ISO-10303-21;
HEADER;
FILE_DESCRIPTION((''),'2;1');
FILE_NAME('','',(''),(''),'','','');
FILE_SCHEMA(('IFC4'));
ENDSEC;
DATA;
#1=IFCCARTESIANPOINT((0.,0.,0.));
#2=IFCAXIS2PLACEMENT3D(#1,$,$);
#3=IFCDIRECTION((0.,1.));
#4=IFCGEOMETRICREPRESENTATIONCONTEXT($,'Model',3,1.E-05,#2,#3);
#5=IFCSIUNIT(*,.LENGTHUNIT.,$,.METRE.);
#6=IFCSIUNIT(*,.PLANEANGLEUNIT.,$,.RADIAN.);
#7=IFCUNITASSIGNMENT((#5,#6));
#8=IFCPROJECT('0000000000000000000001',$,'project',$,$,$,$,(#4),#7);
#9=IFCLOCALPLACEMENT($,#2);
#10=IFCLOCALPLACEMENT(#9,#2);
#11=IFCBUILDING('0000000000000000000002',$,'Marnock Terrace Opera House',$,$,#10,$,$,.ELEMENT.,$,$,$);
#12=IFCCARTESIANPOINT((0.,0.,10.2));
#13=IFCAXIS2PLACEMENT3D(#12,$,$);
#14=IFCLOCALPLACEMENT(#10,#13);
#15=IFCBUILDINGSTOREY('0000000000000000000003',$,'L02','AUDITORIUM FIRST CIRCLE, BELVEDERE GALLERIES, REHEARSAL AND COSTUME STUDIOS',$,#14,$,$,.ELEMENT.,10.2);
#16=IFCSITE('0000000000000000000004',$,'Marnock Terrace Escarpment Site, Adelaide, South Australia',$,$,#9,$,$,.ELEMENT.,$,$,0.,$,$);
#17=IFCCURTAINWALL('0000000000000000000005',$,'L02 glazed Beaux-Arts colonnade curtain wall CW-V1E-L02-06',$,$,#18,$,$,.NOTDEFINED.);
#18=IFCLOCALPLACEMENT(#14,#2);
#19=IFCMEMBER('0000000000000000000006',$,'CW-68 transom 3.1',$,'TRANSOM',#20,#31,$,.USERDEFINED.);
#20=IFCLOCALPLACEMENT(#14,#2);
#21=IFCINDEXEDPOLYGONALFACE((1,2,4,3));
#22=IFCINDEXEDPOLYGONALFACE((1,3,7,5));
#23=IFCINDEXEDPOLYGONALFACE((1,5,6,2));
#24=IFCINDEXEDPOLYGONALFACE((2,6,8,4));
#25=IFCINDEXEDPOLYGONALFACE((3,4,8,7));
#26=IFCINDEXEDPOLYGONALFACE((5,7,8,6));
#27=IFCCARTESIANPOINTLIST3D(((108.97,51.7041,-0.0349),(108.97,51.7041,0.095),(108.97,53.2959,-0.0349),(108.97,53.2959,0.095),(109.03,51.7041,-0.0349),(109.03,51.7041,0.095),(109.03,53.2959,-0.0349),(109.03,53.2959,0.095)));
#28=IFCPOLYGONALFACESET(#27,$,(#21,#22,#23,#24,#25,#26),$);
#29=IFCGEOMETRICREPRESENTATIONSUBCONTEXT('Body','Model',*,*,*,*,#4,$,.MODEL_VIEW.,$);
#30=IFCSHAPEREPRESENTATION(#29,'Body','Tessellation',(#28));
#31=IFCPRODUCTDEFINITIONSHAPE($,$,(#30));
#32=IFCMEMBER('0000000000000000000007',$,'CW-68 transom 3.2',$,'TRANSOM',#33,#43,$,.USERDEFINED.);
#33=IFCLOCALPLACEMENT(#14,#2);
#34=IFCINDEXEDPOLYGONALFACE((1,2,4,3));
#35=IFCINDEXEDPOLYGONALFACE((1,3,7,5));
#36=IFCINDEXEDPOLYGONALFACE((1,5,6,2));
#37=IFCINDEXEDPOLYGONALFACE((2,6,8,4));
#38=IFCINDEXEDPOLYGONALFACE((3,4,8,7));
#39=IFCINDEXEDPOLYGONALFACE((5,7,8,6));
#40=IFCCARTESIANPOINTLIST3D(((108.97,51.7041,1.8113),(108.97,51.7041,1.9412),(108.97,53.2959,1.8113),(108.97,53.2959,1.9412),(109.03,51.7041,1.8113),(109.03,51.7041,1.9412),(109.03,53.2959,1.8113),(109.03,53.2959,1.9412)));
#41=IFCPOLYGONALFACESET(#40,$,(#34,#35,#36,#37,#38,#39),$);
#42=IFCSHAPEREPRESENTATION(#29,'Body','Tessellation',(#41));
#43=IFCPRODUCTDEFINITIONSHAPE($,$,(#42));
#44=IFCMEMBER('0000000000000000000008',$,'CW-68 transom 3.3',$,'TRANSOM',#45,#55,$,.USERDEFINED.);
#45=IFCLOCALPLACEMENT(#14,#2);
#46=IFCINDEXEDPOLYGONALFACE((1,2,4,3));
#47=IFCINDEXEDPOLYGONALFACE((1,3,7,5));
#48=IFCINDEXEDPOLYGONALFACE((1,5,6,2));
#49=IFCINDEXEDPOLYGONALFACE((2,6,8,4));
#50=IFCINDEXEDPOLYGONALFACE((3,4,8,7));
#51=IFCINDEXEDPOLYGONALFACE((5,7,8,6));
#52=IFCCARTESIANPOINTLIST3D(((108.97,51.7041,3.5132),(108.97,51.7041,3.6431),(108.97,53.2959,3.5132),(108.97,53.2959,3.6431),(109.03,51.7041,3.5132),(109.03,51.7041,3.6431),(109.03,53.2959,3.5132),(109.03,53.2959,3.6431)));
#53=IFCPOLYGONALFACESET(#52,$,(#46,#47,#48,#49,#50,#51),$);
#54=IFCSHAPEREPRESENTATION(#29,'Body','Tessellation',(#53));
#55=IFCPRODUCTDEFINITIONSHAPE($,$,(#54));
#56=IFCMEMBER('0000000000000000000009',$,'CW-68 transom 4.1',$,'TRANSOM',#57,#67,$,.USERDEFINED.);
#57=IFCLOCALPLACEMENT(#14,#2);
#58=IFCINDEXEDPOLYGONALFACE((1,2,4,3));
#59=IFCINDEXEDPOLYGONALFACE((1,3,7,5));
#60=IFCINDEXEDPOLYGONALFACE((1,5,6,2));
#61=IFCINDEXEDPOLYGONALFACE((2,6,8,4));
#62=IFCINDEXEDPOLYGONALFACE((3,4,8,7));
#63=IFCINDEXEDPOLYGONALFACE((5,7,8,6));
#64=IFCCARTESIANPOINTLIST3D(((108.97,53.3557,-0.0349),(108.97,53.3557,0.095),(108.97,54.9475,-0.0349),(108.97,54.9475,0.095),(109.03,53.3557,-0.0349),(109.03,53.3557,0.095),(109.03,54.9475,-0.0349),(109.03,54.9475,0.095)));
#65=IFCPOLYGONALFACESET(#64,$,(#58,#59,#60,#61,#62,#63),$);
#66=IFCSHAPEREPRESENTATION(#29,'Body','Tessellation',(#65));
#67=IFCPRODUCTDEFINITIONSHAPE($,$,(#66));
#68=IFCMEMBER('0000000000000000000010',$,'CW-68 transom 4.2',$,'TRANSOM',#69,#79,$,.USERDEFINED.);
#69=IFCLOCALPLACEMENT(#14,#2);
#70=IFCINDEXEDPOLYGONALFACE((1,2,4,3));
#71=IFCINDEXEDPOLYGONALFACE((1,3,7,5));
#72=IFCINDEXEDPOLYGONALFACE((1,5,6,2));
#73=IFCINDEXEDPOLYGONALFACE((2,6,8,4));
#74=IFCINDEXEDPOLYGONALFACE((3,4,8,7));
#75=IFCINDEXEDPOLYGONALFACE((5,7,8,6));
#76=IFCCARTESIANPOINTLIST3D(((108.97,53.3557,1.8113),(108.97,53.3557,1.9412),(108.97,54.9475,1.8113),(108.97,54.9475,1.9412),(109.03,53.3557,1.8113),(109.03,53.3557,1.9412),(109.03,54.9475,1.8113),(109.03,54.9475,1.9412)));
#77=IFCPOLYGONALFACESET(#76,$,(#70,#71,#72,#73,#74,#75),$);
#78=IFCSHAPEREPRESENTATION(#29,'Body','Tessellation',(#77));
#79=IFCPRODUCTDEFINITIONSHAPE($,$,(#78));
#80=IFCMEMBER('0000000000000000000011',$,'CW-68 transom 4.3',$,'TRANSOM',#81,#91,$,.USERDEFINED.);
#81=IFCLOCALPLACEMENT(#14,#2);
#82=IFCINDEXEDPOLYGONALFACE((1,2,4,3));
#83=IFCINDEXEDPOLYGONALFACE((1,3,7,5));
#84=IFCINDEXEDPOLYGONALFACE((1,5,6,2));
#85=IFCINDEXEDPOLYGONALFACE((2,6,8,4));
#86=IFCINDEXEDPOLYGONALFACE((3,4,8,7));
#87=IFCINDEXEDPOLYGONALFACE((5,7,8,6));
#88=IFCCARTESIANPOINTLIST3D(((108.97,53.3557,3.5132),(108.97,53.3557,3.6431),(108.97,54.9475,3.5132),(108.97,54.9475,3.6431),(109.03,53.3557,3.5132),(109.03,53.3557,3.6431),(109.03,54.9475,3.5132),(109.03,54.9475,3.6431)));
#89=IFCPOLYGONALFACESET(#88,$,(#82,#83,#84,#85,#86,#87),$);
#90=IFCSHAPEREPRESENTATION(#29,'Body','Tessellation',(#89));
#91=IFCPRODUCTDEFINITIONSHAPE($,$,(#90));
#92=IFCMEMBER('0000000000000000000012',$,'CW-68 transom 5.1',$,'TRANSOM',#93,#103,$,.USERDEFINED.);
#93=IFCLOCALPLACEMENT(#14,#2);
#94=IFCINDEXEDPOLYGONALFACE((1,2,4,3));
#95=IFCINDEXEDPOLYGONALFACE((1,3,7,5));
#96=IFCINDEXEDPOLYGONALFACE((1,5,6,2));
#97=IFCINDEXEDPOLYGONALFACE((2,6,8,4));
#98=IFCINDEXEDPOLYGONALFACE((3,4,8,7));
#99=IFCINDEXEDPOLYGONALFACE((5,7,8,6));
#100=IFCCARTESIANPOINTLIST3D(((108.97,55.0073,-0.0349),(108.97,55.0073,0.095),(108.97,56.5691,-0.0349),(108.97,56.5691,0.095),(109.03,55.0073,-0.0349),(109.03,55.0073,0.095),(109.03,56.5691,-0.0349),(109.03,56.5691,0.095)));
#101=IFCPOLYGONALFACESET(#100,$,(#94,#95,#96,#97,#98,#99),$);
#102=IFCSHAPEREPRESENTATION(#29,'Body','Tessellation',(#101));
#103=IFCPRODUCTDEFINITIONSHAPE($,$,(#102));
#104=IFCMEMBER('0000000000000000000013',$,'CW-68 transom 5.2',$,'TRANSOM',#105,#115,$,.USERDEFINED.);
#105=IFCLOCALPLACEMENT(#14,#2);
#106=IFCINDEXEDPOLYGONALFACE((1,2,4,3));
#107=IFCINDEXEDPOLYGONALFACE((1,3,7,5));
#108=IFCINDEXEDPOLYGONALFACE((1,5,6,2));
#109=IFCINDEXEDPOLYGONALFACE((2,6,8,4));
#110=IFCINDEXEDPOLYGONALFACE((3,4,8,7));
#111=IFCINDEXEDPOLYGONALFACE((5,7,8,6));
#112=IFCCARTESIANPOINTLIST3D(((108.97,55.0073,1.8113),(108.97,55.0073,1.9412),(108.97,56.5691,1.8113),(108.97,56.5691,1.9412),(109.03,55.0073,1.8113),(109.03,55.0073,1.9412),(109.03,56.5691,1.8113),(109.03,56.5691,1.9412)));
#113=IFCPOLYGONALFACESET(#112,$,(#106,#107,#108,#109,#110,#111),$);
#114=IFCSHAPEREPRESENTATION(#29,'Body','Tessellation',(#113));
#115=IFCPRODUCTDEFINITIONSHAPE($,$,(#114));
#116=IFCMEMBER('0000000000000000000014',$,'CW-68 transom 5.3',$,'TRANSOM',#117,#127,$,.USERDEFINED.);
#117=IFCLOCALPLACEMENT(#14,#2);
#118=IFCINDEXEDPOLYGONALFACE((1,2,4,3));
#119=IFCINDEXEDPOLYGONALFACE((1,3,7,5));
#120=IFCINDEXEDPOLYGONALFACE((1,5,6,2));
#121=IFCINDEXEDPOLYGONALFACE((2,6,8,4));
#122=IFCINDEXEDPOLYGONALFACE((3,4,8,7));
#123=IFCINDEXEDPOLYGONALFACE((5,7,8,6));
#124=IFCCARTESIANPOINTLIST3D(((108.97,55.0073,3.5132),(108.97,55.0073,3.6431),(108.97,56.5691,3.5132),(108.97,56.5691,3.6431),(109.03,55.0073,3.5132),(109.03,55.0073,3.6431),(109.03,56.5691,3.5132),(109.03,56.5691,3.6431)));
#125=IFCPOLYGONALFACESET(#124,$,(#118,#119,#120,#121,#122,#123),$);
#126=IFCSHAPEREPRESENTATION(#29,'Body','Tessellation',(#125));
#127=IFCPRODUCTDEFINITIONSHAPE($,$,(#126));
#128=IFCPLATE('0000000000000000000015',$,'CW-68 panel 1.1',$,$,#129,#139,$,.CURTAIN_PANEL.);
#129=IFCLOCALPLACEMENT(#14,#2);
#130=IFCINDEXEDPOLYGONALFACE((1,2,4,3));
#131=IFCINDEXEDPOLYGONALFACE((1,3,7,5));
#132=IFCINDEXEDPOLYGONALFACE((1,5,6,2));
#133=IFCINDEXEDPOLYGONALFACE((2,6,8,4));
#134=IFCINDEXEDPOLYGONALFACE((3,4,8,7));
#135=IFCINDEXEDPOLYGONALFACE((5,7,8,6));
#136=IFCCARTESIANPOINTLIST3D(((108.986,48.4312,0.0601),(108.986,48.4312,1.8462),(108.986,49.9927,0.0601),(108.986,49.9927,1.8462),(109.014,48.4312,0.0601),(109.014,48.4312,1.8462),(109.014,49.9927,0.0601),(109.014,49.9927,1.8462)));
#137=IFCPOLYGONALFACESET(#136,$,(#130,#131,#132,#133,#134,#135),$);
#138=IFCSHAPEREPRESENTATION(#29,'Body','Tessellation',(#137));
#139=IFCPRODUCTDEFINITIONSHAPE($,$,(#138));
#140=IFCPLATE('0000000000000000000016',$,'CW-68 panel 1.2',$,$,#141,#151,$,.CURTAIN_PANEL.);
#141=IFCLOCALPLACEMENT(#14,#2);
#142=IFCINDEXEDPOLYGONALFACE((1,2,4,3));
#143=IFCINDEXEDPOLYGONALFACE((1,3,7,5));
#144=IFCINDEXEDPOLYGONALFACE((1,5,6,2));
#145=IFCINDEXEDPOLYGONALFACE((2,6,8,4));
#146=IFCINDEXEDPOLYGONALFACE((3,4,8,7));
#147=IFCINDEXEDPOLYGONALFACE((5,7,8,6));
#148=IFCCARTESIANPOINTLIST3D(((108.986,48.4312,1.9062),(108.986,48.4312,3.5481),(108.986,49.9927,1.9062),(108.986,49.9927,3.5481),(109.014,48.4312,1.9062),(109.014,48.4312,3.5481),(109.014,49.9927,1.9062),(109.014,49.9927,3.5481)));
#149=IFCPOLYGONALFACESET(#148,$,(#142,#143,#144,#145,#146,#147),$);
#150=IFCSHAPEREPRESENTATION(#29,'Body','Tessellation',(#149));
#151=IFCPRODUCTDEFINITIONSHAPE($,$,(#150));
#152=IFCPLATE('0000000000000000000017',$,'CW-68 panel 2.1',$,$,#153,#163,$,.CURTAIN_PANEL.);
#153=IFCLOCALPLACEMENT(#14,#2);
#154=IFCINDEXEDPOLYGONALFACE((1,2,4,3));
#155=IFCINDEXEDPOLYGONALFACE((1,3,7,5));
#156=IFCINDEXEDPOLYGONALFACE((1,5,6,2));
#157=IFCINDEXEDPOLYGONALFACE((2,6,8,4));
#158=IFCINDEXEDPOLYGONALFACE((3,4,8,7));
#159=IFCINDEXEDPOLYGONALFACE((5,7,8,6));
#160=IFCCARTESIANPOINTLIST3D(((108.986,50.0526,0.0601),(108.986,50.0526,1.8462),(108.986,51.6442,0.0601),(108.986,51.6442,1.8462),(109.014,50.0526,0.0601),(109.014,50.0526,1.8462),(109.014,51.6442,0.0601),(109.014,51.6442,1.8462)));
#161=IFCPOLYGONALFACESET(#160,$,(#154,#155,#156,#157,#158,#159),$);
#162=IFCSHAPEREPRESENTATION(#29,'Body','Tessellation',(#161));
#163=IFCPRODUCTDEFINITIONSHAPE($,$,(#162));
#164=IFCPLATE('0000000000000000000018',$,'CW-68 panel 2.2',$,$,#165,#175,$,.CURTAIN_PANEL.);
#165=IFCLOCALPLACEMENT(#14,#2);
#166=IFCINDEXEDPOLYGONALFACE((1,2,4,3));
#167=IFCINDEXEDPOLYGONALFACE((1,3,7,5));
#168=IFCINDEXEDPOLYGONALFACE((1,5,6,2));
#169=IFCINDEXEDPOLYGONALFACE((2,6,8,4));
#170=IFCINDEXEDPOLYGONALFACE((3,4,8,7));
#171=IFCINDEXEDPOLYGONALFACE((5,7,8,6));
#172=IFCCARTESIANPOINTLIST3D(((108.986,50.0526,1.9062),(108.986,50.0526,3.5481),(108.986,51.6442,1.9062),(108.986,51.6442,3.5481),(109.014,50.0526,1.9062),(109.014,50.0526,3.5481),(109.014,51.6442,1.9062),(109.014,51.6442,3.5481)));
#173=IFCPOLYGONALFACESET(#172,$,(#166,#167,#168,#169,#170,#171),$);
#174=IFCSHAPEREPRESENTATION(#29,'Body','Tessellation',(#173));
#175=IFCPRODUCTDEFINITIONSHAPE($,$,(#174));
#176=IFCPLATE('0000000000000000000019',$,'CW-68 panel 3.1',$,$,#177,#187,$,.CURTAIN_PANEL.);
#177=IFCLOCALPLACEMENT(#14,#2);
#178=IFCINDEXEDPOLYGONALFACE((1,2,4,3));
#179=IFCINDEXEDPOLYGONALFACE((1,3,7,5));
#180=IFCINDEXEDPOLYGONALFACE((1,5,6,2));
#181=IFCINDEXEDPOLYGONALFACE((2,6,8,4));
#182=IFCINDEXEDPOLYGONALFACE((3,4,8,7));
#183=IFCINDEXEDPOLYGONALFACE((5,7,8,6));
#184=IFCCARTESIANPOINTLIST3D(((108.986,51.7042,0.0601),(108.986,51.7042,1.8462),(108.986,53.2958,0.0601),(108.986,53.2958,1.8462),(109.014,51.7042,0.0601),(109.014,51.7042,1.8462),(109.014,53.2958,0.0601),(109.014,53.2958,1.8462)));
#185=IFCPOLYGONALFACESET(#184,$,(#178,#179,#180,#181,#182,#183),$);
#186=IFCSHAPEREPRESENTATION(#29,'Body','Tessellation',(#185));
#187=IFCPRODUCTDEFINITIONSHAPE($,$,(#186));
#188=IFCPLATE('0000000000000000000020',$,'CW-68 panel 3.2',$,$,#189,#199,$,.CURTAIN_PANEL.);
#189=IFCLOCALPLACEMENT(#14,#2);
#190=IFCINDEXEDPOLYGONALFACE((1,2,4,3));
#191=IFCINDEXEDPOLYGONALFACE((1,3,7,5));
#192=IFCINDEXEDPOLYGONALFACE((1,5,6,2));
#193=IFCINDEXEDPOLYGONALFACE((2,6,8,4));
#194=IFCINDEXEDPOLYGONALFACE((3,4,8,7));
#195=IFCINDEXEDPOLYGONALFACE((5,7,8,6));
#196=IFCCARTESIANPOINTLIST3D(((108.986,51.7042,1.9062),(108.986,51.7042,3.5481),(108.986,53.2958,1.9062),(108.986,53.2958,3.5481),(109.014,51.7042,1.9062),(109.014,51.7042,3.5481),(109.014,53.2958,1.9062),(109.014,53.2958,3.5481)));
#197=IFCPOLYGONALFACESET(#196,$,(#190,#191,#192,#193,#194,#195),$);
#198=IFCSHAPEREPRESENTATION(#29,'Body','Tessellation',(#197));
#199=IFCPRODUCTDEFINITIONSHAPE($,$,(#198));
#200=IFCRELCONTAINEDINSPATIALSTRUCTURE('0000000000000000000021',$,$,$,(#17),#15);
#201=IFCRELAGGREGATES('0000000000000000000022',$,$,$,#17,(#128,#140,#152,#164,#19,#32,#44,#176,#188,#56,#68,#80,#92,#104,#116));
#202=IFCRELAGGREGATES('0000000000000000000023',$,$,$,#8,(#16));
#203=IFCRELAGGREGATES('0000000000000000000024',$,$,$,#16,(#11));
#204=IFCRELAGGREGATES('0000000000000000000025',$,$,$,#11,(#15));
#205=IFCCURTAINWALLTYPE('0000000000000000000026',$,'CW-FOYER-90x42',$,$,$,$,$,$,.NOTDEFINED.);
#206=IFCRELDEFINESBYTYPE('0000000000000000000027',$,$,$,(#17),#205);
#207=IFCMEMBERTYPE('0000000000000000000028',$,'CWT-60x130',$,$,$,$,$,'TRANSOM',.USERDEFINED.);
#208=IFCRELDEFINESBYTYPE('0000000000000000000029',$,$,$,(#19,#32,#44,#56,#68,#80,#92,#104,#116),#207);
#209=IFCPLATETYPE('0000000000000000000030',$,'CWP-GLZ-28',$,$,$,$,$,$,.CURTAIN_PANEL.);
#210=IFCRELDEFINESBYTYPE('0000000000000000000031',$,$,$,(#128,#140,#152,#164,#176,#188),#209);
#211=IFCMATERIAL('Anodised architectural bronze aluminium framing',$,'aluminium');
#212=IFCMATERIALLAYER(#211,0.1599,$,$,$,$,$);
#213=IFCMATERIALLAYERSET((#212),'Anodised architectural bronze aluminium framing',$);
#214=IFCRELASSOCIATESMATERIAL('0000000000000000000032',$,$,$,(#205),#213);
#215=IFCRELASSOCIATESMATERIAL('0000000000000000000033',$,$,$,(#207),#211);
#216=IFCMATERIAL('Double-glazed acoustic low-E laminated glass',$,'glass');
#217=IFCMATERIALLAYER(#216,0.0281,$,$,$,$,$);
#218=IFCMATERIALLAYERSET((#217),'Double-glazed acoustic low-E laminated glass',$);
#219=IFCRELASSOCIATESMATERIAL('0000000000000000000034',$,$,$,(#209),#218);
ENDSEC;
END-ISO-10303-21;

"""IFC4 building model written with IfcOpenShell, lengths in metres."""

from ifc_helpers import new_model, si_unit, direction, frame, origin, origin_2d, place, context, subcontext, project, spatial, rectangle, extrude, material, layer, layer_set, material_profile, profile_set, type_object, element, aggregate, save


model = new_model("IFC4")

# Units and contexts
model_context = context("Model", 3, precision=1e-05, world=origin(), true_north=direction((0.0, 1.0)))
body_context = subcontext(model_context, "Body", "Model", "MODEL_VIEW")
ifc_project = project(units=[si_unit("LENGTHUNIT", "METRE"), si_unit("PLANEANGLEUNIT", "RADIAN")], contexts=[model_context])

# Site, building, storey
site_placement = place(None, origin())
site = spatial("IfcSite", under=ifc_project, at=site_placement, Name="Marnock Terrace Escarpment Site, Adelaide, South Australia", CompositionType="ELEMENT", RefElevation=0.0)
building_placement = place(site_placement, origin())
building = spatial("IfcBuilding", under=site, at=building_placement, Name="Marnock Terrace Opera House", CompositionType="ELEMENT")
storey_placement = place(building_placement, frame((0.0, 0.0, 10.2)))
storey = spatial("IfcBuildingStorey", under=building, at=storey_placement, Name="L02", Description="AUDITORIUM FIRST CIRCLE, BELVEDERE GALLERIES, REHEARSAL AND COSTUME STUDIOS", CompositionType="ELEMENT", Elevation=10.2)

# Curtain wall, members, plates
ifc_material_1 = material(Name="Anodised architectural bronze aluminium framing", Category="aluminium")
ifc_layer_1 = layer(ifc_material_1, 0.1599)
ifc_layer_set_1 = layer_set([ifc_layer_1], Name="Anodised architectural bronze aluminium framing")
curtain_wall_type = type_object("IfcCurtainWallType", Name="CW-FOYER-90x42", PredefinedType="NOTDEFINED", material=ifc_layer_set_1)
curtain_wall_placement = place(storey_placement, origin())
curtain_wall = element("IfcCurtainWall", 1, at=curtain_wall_placement, inside=storey, type_object=curtain_wall_type, Name="L02 glazed Beaux-Arts colonnade curtain wall CW-V1E-L02-06", PredefinedType="NOTDEFINED")
ifc_material_profile_1 = material_profile(ifc_material_1, rectangle(XDim=0.0601, YDim=0.1299, at=origin_2d()))
ifc_profile_set_1 = profile_set([ifc_material_profile_1], Name="Anodised architectural bronze aluminium framing")
member_type_1 = type_object("IfcMemberType", Name="CWT-60x130", ElementType="TRANSOM", PredefinedType="USERDEFINED", material=ifc_profile_set_1)
member_1_placement = place(storey_placement, frame((109.0, 51.7041, 0.03), z_axis=(0.0, 1.0, 0.0), x_axis=(-1.0, 0.0, 0.0)))
member_1 = element("IfcMember", 2, at=member_1_placement, type_object=member_type_1, Name="CW-68 transom 3.1", ObjectType="TRANSOM", PredefinedType="USERDEFINED", context=body_context, shape_type="SweptSolid", body=[
    extrude(rectangle(XDim=0.0601, YDim=0.1299, at=origin_2d()), origin(), (0.0, 0.0, 1.0), 1.5918),
])
member_2_placement = place(storey_placement, frame((109.0, 51.7041, 1.8762), z_axis=(0.0, 1.0, 0.0), x_axis=(-1.0, 0.0, 0.0)))
member_2 = element("IfcMember", 3, at=member_2_placement, type_object=member_type_1, Name="CW-68 transom 3.2", ObjectType="TRANSOM", PredefinedType="USERDEFINED", context=body_context, shape_type="SweptSolid", body=[
    extrude(rectangle(XDim=0.0601, YDim=0.1299, at=origin_2d()), origin(), (0.0, 0.0, 1.0), 1.5918),
])
member_3_placement = place(storey_placement, frame((109.0, 51.7041, 3.5781), z_axis=(0.0, 1.0, 0.0), x_axis=(-1.0, 0.0, 0.0)))
member_3 = element("IfcMember", 4, at=member_3_placement, type_object=member_type_1, Name="CW-68 transom 3.3", ObjectType="TRANSOM", PredefinedType="USERDEFINED", context=body_context, shape_type="SweptSolid", body=[
    extrude(rectangle(XDim=0.0601, YDim=0.1299, at=origin_2d()), origin(), (0.0, 0.0, 1.0), 1.5918),
])
member_4_placement = place(storey_placement, frame((109.0, 53.3557, 0.03), z_axis=(0.0, 1.0, 0.0), x_axis=(-1.0, 0.0, 0.0)))
member_4 = element("IfcMember", 5, at=member_4_placement, type_object=member_type_1, Name="CW-68 transom 4.1", ObjectType="TRANSOM", PredefinedType="USERDEFINED", context=body_context, shape_type="SweptSolid", body=[
    extrude(rectangle(XDim=0.0601, YDim=0.1299, at=origin_2d()), origin(), (0.0, 0.0, 1.0), 1.5918),
])
member_5_placement = place(storey_placement, frame((109.0, 53.3557, 1.8762), z_axis=(0.0, 1.0, 0.0), x_axis=(-1.0, 0.0, 0.0)))
member_5 = element("IfcMember", 6, at=member_5_placement, type_object=member_type_1, Name="CW-68 transom 4.2", ObjectType="TRANSOM", PredefinedType="USERDEFINED", context=body_context, shape_type="SweptSolid", body=[
    extrude(rectangle(XDim=0.0601, YDim=0.1299, at=origin_2d()), origin(), (0.0, 0.0, 1.0), 1.5918),
])
member_6_placement = place(storey_placement, frame((109.0, 53.3557, 3.5781), z_axis=(0.0, 1.0, 0.0), x_axis=(-1.0, 0.0, 0.0)))
member_6 = element("IfcMember", 7, at=member_6_placement, type_object=member_type_1, Name="CW-68 transom 4.3", ObjectType="TRANSOM", PredefinedType="USERDEFINED", context=body_context, shape_type="SweptSolid", body=[
    extrude(rectangle(XDim=0.0601, YDim=0.1299, at=origin_2d()), origin(), (0.0, 0.0, 1.0), 1.5918),
])
member_7_placement = place(storey_placement, frame((109.0, 55.0073, 0.03), z_axis=(0.0, 1.0, 0.0), x_axis=(-1.0, 0.0, 0.0)))
member_7 = element("IfcMember", 8, at=member_7_placement, type_object=member_type_1, Name="CW-68 transom 5.1", ObjectType="TRANSOM", PredefinedType="USERDEFINED", context=body_context, shape_type="SweptSolid", body=[
    extrude(rectangle(XDim=0.0601, YDim=0.1299, at=origin_2d()), origin(), (0.0, 0.0, 1.0), 1.5618),
])
member_8_placement = place(storey_placement, frame((109.0, 55.0073, 1.8762), z_axis=(0.0, 1.0, 0.0), x_axis=(-1.0, 0.0, 0.0)))
member_8 = element("IfcMember", 9, at=member_8_placement, type_object=member_type_1, Name="CW-68 transom 5.2", ObjectType="TRANSOM", PredefinedType="USERDEFINED", context=body_context, shape_type="SweptSolid", body=[
    extrude(rectangle(XDim=0.0601, YDim=0.1299, at=origin_2d()), origin(), (0.0, 0.0, 1.0), 1.5618),
])
member_9_placement = place(storey_placement, frame((109.0, 55.0073, 3.5781), z_axis=(0.0, 1.0, 0.0), x_axis=(-1.0, 0.0, 0.0)))
member_9 = element("IfcMember", 10, at=member_9_placement, type_object=member_type_1, Name="CW-68 transom 5.3", ObjectType="TRANSOM", PredefinedType="USERDEFINED", context=body_context, shape_type="SweptSolid", body=[
    extrude(rectangle(XDim=0.0601, YDim=0.1299, at=origin_2d()), origin(), (0.0, 0.0, 1.0), 1.5618),
])
ifc_material_2 = material(Name="Double-glazed acoustic low-E laminated glass", Category="glass")
ifc_layer_2 = layer(ifc_material_2, 0.0281)
ifc_layer_set_2 = layer_set([ifc_layer_2], Name="Double-glazed acoustic low-E laminated glass")
plate_type = type_object("IfcPlateType", Name="CWP-GLZ-28", PredefinedType="CURTAIN_PANEL", material=ifc_layer_set_2)
plate_1_placement = place(storey_placement, frame((109.0, 49.2119, 0.0601), z_axis=(0.0, 0.0, 1.0), x_axis=(0.0, 1.0, 0.0)))
plate_1 = element("IfcPlate", 11, at=plate_1_placement, type_object=plate_type, Name="CW-68 panel 1.1", PredefinedType="CURTAIN_PANEL", context=body_context, shape_type="SweptSolid", body=[
    extrude(rectangle(XDim=1.5615, YDim=0.0281, at=origin_2d()), origin(), (0.0, 0.0, 1.0), 1.7861),
])
plate_2_placement = place(storey_placement, frame((109.0, 49.2119, 1.9062), z_axis=(0.0, 0.0, 1.0), x_axis=(0.0, 1.0, 0.0)))
plate_2 = element("IfcPlate", 12, at=plate_2_placement, type_object=plate_type, Name="CW-68 panel 1.2", PredefinedType="CURTAIN_PANEL", context=body_context, shape_type="SweptSolid", body=[
    extrude(rectangle(XDim=1.5615, YDim=0.0281, at=origin_2d()), origin(), (0.0, 0.0, 1.0), 1.6418),
])
plate_3_placement = place(storey_placement, frame((109.0, 50.8484, 0.0601), z_axis=(0.0, 0.0, 1.0), x_axis=(0.0, 1.0, 0.0)))
plate_3 = element("IfcPlate", 13, at=plate_3_placement, type_object=plate_type, Name="CW-68 panel 2.1", PredefinedType="CURTAIN_PANEL", context=body_context, shape_type="SweptSolid", body=[
    extrude(rectangle(XDim=1.5916, YDim=0.0281, at=origin_2d()), origin(), (0.0, 0.0, 1.0), 1.7861),
])
plate_4_placement = place(storey_placement, frame((109.0, 50.8484, 1.9062), z_axis=(0.0, 0.0, 1.0), x_axis=(0.0, 1.0, 0.0)))
plate_4 = element("IfcPlate", 14, at=plate_4_placement, type_object=plate_type, Name="CW-68 panel 2.2", PredefinedType="CURTAIN_PANEL", context=body_context, shape_type="SweptSolid", body=[
    extrude(rectangle(XDim=1.5916, YDim=0.0281, at=origin_2d()), origin(), (0.0, 0.0, 1.0), 1.6418),
])
plate_5_placement = place(storey_placement, frame((109.0, 52.5, 0.0601), z_axis=(0.0, 0.0, 1.0), x_axis=(0.0, 1.0, 0.0)))
plate_5 = element("IfcPlate", 15, at=plate_5_placement, type_object=plate_type, Name="CW-68 panel 3.1", PredefinedType="CURTAIN_PANEL", context=body_context, shape_type="SweptSolid", body=[
    extrude(rectangle(XDim=1.5916, YDim=0.0281, at=origin_2d()), origin(), (0.0, 0.0, 1.0), 1.7861),
])
plate_6_placement = place(storey_placement, frame((109.0, 52.5, 1.9062), z_axis=(0.0, 0.0, 1.0), x_axis=(0.0, 1.0, 0.0)))
plate_6 = element("IfcPlate", 16, at=plate_6_placement, type_object=plate_type, Name="CW-68 panel 3.2", PredefinedType="CURTAIN_PANEL", context=body_context, shape_type="SweptSolid", body=[
    extrude(rectangle(XDim=1.5916, YDim=0.0281, at=origin_2d()), origin(), (0.0, 0.0, 1.0), 1.6418),
])
aggregate(curtain_wall, [plate_1, plate_2, plate_3, plate_4, member_1, member_2, member_3, plate_5, plate_6, member_4, member_5, member_6, member_7, member_8, member_9])

save(model, "model.ifc")
